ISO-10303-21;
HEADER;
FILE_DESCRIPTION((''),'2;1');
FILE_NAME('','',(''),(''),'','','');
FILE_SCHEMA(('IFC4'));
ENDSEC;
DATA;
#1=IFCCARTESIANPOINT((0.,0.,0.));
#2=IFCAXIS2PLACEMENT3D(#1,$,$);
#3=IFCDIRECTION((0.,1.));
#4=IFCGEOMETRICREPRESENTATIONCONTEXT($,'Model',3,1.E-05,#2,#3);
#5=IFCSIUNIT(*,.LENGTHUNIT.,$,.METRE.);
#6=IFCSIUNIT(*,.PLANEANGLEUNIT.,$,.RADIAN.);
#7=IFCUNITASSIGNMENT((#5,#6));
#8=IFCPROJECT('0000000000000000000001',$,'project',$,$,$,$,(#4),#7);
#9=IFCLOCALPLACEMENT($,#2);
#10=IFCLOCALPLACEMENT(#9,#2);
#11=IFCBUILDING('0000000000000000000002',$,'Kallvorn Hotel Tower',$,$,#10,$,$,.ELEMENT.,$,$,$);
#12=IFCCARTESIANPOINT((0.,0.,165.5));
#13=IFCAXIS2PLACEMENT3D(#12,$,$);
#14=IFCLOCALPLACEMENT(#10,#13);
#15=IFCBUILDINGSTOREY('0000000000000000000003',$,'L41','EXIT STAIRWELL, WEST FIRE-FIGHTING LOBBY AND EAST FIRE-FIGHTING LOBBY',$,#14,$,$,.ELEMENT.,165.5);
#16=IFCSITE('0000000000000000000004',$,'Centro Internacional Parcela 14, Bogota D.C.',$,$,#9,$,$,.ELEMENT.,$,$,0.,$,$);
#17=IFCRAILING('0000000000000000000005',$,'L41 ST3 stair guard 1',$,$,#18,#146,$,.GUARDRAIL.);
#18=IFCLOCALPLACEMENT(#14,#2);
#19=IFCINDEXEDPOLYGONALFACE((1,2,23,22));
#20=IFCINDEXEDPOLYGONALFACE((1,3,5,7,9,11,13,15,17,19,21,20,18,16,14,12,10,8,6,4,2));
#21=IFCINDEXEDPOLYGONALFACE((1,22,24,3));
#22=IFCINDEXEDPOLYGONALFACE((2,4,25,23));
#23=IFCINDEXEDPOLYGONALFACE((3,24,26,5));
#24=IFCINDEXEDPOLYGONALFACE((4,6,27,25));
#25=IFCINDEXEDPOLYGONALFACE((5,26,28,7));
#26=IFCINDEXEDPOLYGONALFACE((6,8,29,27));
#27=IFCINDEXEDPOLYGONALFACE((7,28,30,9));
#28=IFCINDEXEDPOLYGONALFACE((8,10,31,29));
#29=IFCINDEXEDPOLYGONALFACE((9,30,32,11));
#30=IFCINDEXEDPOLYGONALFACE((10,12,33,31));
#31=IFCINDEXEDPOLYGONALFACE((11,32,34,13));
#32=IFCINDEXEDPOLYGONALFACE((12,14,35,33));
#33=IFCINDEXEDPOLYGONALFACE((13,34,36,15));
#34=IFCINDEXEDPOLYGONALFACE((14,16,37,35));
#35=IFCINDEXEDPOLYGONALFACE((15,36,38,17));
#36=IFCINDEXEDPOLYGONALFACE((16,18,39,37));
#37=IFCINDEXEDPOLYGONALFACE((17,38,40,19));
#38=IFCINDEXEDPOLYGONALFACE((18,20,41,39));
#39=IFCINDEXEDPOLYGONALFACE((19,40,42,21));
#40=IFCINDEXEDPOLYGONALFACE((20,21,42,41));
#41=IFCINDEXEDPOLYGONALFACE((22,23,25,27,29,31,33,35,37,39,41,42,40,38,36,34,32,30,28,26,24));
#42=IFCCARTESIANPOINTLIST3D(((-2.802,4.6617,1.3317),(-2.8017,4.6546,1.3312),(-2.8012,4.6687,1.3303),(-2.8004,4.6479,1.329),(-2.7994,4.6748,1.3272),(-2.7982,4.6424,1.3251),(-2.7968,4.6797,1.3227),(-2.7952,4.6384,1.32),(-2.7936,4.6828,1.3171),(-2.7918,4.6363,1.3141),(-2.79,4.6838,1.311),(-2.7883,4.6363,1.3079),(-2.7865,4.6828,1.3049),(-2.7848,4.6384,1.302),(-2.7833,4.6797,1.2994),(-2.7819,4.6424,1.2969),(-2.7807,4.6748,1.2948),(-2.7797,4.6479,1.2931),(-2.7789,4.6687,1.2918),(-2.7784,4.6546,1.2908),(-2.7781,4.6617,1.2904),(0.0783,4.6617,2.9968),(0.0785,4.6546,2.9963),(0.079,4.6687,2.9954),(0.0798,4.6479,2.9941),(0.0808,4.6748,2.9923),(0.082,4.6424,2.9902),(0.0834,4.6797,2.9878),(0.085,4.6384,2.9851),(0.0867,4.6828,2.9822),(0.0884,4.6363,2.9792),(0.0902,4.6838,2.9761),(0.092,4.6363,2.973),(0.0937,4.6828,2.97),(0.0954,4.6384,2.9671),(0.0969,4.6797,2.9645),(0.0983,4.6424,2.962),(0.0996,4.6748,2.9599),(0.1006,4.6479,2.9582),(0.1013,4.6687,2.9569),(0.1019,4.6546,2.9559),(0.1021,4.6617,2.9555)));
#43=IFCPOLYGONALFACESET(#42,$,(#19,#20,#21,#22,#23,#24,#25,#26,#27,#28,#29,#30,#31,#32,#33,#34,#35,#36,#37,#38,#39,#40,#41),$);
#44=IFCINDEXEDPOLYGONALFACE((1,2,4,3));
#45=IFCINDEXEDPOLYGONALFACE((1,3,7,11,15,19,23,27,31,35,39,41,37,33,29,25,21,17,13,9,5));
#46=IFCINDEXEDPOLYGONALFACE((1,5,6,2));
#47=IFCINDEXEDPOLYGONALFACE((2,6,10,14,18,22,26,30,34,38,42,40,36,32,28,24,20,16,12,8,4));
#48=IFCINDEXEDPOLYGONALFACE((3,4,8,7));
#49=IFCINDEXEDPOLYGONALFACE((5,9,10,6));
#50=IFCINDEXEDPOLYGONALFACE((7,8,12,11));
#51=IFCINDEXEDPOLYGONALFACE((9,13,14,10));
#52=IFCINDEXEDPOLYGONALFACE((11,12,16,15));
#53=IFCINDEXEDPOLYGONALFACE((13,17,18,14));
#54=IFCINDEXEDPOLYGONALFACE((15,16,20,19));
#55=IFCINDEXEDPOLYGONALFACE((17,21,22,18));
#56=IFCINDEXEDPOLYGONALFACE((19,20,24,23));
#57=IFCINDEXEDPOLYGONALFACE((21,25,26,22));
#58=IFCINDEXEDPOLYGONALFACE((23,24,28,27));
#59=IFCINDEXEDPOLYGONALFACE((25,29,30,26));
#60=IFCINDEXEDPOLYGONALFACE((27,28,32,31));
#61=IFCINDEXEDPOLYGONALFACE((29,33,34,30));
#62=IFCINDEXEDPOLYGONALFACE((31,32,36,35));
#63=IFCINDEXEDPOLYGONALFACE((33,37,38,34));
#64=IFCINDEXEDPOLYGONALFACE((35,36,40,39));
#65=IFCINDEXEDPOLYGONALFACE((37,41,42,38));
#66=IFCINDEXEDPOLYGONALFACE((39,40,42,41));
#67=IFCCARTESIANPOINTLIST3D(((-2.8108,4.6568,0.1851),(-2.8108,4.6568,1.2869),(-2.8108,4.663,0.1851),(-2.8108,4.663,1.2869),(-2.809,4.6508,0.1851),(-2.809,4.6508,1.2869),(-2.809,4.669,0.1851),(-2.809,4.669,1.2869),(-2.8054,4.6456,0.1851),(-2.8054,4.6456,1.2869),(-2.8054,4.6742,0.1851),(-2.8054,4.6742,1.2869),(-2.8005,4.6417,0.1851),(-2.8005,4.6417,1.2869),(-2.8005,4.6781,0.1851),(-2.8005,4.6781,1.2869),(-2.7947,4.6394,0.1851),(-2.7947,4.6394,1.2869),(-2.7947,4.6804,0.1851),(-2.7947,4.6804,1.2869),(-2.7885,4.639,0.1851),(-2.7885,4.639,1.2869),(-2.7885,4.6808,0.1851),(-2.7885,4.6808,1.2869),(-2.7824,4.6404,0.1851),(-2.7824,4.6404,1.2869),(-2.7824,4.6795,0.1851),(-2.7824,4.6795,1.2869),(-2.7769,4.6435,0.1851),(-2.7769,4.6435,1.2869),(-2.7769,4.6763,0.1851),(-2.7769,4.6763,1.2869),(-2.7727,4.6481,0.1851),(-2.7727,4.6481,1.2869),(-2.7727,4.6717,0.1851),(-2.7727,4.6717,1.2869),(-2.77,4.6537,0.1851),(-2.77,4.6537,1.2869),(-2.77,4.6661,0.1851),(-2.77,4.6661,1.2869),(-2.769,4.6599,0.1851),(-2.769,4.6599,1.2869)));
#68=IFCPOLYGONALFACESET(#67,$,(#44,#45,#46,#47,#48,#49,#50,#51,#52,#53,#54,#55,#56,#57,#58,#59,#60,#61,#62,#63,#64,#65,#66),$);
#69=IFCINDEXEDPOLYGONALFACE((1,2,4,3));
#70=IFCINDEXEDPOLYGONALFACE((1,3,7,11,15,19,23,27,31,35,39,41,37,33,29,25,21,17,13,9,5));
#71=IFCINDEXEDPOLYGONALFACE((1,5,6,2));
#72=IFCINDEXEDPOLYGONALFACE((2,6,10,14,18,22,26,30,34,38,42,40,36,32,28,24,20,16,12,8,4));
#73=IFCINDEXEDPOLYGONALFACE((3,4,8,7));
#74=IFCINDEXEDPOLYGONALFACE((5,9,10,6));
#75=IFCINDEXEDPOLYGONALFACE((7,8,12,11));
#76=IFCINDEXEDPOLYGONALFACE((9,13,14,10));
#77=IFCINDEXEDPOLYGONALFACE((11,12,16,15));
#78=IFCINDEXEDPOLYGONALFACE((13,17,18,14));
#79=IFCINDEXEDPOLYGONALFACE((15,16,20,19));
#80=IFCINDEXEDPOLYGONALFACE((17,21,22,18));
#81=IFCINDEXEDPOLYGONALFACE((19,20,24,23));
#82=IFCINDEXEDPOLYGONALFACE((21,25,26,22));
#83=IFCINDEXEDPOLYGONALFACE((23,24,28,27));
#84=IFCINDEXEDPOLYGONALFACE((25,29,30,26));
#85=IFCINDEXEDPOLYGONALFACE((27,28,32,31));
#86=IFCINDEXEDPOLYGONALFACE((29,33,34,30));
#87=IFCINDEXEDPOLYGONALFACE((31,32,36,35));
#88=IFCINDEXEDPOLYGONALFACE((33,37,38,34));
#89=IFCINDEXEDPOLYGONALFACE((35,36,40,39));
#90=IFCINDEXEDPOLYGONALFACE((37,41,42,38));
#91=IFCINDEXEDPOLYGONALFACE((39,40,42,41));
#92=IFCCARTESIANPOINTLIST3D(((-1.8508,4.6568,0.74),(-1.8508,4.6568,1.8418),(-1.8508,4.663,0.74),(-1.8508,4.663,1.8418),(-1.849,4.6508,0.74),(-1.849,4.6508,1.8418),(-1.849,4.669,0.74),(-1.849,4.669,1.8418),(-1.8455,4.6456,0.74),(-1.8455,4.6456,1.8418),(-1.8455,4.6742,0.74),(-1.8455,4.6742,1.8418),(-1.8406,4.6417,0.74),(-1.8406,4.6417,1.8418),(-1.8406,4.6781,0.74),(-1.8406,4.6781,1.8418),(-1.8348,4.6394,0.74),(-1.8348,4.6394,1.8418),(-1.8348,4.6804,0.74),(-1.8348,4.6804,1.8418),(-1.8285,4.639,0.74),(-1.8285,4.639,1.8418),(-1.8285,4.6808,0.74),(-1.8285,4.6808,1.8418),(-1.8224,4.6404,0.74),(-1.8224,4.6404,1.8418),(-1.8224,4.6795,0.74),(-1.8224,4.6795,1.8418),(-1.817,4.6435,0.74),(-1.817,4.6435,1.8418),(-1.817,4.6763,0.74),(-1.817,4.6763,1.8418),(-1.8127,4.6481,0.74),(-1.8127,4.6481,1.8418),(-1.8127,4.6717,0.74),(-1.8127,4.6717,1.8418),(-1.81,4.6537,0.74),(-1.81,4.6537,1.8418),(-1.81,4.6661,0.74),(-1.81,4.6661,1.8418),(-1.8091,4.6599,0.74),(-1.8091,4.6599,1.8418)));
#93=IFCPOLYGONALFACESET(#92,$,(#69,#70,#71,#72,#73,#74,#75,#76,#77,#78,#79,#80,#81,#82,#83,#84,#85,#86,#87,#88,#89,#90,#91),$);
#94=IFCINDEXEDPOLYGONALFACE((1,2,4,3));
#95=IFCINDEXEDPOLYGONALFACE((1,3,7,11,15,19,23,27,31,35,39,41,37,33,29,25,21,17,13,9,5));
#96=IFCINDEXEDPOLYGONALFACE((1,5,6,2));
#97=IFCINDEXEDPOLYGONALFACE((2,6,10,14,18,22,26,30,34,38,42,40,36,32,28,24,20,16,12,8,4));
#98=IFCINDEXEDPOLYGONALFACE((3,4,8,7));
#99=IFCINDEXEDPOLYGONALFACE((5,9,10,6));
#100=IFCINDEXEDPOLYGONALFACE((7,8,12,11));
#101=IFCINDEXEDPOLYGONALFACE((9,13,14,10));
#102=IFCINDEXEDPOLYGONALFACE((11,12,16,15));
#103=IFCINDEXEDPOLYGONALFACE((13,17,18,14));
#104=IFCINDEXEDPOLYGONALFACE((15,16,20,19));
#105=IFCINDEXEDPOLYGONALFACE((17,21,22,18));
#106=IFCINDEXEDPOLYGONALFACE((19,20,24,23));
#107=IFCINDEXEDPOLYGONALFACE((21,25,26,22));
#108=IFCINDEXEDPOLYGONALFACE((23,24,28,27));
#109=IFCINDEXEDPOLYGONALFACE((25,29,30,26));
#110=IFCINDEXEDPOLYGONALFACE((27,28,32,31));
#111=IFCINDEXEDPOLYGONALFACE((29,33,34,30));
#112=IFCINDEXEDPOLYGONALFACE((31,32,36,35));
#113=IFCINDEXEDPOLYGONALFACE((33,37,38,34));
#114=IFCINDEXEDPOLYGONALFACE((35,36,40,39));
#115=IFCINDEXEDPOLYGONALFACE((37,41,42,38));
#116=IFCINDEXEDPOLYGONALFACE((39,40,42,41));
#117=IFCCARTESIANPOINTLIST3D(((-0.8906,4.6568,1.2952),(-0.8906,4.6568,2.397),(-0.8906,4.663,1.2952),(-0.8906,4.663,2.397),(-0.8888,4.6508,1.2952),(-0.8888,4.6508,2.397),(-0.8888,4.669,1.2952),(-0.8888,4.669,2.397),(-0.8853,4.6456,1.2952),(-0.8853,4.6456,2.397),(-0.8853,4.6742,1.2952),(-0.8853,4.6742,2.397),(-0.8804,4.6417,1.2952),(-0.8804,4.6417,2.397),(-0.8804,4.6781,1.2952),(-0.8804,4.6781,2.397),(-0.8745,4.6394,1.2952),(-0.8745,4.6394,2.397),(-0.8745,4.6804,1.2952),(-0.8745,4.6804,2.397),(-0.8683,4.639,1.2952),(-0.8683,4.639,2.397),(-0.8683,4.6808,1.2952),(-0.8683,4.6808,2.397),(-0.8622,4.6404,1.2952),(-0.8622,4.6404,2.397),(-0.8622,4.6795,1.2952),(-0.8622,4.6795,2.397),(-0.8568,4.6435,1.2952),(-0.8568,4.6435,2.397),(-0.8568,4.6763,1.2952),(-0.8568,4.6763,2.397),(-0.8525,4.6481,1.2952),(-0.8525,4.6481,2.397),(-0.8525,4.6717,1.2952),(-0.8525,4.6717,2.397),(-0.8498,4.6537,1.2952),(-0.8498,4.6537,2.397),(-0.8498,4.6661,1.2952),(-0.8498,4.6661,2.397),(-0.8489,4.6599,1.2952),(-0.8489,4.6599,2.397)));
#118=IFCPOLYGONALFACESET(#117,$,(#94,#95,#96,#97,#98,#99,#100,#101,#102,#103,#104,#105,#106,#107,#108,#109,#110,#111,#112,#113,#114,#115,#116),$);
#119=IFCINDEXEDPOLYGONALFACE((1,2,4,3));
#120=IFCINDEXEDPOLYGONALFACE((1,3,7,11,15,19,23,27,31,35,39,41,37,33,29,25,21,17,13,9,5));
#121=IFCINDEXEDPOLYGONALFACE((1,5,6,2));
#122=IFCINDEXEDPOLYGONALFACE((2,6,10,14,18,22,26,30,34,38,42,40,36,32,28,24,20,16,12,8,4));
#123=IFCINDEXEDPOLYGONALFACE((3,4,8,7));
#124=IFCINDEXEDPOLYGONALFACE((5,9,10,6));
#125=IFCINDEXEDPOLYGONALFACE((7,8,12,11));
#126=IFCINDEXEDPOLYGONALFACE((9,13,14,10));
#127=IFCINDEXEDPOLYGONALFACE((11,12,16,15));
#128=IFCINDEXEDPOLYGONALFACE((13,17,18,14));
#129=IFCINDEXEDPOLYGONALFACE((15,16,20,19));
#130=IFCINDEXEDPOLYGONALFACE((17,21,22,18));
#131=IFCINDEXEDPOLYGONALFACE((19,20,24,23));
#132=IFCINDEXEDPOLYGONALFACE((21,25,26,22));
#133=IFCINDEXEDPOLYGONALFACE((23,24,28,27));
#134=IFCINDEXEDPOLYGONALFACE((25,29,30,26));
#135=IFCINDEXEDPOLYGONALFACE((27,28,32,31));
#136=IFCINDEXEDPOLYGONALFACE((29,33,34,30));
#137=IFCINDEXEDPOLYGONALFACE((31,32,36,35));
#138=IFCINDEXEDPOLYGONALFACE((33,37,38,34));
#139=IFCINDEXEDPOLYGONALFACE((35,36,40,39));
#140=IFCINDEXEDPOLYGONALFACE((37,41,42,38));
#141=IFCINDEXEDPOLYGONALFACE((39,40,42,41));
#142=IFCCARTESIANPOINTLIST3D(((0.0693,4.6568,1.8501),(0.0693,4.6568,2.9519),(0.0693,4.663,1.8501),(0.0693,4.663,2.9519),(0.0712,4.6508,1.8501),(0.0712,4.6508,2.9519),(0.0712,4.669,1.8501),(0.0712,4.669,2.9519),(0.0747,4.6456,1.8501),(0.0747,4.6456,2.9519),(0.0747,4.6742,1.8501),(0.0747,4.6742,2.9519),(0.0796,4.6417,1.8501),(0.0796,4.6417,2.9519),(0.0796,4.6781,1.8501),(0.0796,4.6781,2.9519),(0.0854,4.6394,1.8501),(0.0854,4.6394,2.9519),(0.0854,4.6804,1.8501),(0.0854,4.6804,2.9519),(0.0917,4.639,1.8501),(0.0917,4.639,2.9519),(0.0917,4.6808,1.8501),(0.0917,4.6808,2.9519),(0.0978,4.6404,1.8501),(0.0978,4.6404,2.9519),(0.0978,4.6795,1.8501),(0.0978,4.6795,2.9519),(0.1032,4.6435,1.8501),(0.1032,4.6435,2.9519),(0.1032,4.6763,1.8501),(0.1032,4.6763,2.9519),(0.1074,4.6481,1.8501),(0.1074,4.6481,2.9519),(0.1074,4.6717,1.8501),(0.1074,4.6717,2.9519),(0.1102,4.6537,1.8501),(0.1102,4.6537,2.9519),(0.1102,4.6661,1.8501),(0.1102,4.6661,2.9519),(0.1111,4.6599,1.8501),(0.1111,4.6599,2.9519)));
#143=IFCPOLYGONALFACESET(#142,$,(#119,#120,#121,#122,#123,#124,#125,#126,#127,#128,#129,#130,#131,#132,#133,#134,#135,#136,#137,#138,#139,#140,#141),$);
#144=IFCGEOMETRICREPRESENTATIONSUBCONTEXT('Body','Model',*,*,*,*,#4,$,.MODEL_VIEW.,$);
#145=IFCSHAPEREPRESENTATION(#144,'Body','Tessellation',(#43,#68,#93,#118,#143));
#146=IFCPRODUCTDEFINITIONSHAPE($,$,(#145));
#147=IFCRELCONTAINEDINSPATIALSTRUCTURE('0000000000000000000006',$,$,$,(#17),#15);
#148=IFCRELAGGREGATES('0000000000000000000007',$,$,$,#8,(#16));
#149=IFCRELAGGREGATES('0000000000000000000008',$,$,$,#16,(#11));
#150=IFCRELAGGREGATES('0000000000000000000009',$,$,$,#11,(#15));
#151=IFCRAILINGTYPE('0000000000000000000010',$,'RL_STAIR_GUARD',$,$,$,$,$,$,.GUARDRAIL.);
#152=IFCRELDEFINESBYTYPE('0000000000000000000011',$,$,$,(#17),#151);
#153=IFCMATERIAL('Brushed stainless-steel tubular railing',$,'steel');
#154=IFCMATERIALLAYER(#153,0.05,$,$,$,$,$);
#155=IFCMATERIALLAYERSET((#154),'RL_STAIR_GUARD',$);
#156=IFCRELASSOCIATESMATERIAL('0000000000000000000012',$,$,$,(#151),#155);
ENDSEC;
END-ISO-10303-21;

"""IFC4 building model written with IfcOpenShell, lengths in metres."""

from ifc_helpers import new_model, si_unit, direction, frame, origin, origin_2d, place, context, subcontext, project, spatial, circle, extrude, material, layer, layer_set, type_object, element, save


model = new_model("IFC4")

# Units and contexts
model_context = context("Model", 3, precision=1e-05, world=origin(), true_north=direction((0.0, 1.0)))
body_context = subcontext(model_context, "Body", "Model", "MODEL_VIEW")
ifc_project = project(units=[si_unit("LENGTHUNIT", "METRE"), si_unit("PLANEANGLEUNIT", "RADIAN")], contexts=[model_context])

# Site, building, storey
site_placement = place(None, origin())
site = spatial("IfcSite", under=ifc_project, at=site_placement, Name="Centro Internacional Parcela 14, Bogota D.C.", CompositionType="ELEMENT", RefElevation=0.0)
building_placement = place(site_placement, origin())
building = spatial("IfcBuilding", under=site, at=building_placement, Name="Kallvorn Hotel Tower", CompositionType="ELEMENT")
storey_placement = place(building_placement, frame((0.0, 0.0, 165.5)))
storey = spatial("IfcBuildingStorey", under=building, at=storey_placement, Name="L41", Description="EXIT STAIRWELL, WEST FIRE-FIGHTING LOBBY AND EAST FIRE-FIGHTING LOBBY", CompositionType="ELEMENT", Elevation=165.5)

# Railing
ifc_material_1 = material(Name="Brushed stainless-steel tubular railing", Category="steel")
ifc_layer_1 = layer(ifc_material_1, 0.05)
ifc_layer_set_1 = layer_set([ifc_layer_1], Name="RL_STAIR_GUARD")
railing_type_1 = type_object("IfcRailingType", Name="RL_STAIR_GUARD", PredefinedType="GUARDRAIL", material=ifc_layer_set_1)
railing_1_placement = place(storey_placement, frame((-2.79, 4.6599, 0.1851)))
element("IfcRailing", 1, at=railing_1_placement, inside=storey, type_object=railing_type_1, Name="L41 ST3 stair guard 1", PredefinedType="GUARDRAIL", context=body_context, shape_type="SweptSolid", body=[
    extrude(circle(Radius=0.0239, at=origin_2d()), frame((0.0, 0.0, 1.126), z_axis=(0.865739, 0.0, 0.500495), x_axis=(0.0, 1.0, 0.0)), (0.0, 0.0, 1.0), 3.3269),
    extrude(circle(Radius=0.021, at=origin_2d()), origin(), (0.0, 0.0, 1.0), 1.1018),
    extrude(circle(Radius=0.021, at=origin_2d()), frame((0.96, 0.0, 0.5549)), (0.0, 0.0, 1.0), 1.1018),
    extrude(circle(Radius=0.021, at=origin_2d()), frame((1.9202, 0.0, 1.1101)), (0.0, 0.0, 1.0), 1.1018),
    extrude(circle(Radius=0.021, at=origin_2d()), frame((2.8801, 0.0, 1.665)), (0.0, 0.0, 1.0), 1.1018),
])

save(model, "model.ifc")
